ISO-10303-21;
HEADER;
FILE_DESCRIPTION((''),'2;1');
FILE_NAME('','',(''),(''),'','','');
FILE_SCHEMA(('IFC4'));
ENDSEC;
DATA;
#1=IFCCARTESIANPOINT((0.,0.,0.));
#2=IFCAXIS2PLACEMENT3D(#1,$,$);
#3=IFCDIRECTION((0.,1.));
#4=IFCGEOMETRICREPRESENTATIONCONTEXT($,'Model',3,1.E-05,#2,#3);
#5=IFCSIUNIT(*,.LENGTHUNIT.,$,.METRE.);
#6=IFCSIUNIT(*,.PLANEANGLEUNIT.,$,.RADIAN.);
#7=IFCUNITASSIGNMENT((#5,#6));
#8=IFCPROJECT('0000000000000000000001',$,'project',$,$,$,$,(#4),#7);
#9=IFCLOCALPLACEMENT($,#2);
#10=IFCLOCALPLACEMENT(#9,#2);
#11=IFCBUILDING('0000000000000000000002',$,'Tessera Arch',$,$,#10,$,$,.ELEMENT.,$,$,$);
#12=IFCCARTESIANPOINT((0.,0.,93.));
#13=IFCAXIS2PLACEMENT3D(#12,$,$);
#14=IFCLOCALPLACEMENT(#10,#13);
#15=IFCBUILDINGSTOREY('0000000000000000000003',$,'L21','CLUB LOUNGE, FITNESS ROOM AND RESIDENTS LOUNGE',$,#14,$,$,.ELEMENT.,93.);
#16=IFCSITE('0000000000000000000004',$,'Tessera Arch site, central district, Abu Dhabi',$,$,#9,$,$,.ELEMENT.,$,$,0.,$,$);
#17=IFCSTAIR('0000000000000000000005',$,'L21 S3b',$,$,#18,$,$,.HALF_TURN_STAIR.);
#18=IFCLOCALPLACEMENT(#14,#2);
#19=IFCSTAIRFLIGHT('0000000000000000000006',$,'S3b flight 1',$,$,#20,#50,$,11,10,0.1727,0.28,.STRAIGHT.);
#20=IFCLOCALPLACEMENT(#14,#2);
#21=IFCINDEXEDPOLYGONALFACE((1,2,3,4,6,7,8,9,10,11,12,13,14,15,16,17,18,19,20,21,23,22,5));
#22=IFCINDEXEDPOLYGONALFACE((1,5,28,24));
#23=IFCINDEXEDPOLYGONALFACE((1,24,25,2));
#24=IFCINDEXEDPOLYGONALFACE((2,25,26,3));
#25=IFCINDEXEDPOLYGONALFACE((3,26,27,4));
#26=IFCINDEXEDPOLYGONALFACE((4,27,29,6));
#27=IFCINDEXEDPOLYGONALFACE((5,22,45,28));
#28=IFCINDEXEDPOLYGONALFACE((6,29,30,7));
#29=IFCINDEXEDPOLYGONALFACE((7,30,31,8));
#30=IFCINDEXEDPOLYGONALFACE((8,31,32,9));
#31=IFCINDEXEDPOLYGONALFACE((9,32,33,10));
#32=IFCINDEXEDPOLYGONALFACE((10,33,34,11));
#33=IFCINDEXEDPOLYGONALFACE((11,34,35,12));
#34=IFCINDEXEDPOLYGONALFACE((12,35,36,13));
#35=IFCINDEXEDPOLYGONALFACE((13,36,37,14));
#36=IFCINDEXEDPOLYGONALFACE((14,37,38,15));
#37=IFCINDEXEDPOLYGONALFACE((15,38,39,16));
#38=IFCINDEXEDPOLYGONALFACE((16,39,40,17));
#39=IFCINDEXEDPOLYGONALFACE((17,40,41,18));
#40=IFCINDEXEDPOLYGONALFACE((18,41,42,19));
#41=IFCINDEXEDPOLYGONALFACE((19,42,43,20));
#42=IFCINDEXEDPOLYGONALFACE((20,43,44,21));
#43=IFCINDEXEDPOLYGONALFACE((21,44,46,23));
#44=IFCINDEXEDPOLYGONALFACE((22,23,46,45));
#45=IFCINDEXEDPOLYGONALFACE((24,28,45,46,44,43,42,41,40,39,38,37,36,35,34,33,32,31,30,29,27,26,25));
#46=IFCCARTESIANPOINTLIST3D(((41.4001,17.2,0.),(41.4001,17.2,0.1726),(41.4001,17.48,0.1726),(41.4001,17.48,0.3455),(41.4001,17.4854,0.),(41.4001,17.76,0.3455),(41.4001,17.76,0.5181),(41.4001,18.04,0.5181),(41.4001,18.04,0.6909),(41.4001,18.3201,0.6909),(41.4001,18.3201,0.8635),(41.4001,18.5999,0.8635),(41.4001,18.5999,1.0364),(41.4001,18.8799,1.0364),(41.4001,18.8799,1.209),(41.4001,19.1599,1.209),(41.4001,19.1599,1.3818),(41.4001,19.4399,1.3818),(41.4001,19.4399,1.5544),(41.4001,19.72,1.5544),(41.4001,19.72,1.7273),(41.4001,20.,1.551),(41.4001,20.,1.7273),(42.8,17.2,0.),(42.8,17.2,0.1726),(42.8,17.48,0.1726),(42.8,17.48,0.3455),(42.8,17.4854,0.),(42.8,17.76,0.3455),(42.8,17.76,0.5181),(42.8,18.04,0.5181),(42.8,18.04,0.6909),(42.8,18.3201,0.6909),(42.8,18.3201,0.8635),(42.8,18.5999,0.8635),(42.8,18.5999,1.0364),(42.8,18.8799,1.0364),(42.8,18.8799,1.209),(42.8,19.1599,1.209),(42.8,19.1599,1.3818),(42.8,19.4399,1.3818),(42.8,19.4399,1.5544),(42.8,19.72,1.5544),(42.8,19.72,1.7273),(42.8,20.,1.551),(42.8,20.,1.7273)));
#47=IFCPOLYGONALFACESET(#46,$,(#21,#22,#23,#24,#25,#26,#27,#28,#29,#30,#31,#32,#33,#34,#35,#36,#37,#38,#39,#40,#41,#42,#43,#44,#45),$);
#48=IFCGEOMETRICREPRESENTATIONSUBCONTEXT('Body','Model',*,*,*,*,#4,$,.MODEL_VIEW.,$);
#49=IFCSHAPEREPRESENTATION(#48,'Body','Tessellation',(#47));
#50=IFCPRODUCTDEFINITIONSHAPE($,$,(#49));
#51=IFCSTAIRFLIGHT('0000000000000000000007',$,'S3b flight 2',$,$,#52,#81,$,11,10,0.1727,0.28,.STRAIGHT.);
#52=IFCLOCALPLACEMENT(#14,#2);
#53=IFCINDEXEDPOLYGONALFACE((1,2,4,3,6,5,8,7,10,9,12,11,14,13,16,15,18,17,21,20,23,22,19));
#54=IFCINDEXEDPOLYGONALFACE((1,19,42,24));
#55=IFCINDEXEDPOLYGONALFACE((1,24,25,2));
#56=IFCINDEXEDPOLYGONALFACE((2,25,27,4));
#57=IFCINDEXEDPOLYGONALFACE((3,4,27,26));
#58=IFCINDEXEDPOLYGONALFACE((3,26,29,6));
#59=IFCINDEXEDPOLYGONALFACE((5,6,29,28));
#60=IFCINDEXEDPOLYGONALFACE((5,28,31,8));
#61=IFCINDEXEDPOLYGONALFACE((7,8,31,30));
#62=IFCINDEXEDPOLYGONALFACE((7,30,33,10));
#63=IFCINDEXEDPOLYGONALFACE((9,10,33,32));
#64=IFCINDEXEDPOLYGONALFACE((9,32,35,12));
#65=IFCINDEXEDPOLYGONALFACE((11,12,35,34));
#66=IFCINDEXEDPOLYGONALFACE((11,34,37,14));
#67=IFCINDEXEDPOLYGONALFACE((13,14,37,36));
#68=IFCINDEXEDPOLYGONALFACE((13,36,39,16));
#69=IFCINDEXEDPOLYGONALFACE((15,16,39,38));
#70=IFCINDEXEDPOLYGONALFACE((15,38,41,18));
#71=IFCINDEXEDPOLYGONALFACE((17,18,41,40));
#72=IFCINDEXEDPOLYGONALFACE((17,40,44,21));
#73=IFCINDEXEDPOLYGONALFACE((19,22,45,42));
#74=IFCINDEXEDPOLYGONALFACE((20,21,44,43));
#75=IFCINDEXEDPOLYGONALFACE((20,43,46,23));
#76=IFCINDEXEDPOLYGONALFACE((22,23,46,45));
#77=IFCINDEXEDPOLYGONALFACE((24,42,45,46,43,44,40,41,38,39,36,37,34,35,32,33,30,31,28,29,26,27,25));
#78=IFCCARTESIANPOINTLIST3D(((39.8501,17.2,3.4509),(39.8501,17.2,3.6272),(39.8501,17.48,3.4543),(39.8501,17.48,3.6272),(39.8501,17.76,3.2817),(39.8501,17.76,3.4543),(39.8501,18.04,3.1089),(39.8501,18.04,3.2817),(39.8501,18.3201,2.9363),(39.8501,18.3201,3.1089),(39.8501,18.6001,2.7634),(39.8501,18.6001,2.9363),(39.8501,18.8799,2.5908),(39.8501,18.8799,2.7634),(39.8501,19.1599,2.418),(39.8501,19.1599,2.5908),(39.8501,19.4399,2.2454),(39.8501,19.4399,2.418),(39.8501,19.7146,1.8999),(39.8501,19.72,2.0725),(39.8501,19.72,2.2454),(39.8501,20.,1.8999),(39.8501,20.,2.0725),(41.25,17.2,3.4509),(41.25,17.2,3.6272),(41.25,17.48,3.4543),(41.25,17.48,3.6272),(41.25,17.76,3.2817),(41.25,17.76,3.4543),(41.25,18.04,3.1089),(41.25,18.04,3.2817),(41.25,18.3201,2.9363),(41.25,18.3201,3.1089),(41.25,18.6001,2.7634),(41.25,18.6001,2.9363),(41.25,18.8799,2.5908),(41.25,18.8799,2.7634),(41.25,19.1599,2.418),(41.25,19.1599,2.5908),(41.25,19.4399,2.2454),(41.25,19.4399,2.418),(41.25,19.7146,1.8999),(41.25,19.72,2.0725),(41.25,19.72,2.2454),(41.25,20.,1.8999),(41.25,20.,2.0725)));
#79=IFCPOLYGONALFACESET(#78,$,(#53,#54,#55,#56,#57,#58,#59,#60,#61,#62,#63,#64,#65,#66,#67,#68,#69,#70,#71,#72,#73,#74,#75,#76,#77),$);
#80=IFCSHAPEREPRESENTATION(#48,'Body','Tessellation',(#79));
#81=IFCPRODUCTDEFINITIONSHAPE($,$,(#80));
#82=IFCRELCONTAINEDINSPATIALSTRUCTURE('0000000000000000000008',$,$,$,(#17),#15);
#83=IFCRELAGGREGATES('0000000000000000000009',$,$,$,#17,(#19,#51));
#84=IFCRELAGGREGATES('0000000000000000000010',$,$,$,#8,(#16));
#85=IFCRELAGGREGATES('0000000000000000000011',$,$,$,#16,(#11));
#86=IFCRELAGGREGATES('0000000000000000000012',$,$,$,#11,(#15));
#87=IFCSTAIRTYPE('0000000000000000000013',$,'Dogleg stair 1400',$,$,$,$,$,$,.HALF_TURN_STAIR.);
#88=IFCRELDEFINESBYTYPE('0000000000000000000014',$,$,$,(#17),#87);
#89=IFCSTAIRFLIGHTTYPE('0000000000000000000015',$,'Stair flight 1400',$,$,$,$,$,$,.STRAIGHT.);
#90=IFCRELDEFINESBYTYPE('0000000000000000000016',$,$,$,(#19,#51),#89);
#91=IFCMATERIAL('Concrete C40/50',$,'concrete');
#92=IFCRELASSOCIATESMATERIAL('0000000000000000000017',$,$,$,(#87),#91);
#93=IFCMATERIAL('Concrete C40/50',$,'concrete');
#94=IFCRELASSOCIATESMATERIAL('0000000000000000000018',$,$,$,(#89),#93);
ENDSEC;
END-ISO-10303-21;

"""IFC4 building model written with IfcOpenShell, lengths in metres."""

from ifc_helpers import new_model, si_unit, direction, frame, origin, place, context, subcontext, project, spatial, polyline, outline, extrude, material, type_object, element, aggregate, save


model = new_model("IFC4")

# Units and contexts
model_context = context("Model", 3, precision=1e-05, world=origin(), true_north=direction((0.0, 1.0)))
body_context = subcontext(model_context, "Body", "Model", "MODEL_VIEW")
ifc_project = project(units=[si_unit("LENGTHUNIT", "METRE"), si_unit("PLANEANGLEUNIT", "RADIAN")], contexts=[model_context])

# Site, building, storey
site_placement = place(None, origin())
site = spatial("IfcSite", under=ifc_project, at=site_placement, Name="Tessera Arch site, central district, Abu Dhabi", CompositionType="ELEMENT", RefElevation=0.0)
building_placement = place(site_placement, origin())
building = spatial("IfcBuilding", under=site, at=building_placement, Name="Tessera Arch", CompositionType="ELEMENT")
storey_placement = place(building_placement, frame((0.0, 0.0, 93.0)))
storey = spatial("IfcBuildingStorey", under=building, at=storey_placement, Name="L21", Description="CLUB LOUNGE, FITNESS ROOM AND RESIDENTS LOUNGE", CompositionType="ELEMENT", Elevation=93.0)

# Shared definitions
ifc_material_1 = material(Name="Concrete C40/50", Category="concrete")
stair_type = type_object("IfcStairType", Name="Dogleg stair 1400", PredefinedType="HALF_TURN_STAIR", material=ifc_material_1)
ifc_material_2 = material(Name="Concrete C40/50", Category="concrete")
stair_flight_type = type_object("IfcStairFlightType", Name="Stair flight 1400", PredefinedType="STRAIGHT", material=ifc_material_2)

# Stair, stair flights
stair_1_placement = place(storey_placement, origin())
stair_1 = element("IfcStair", 1, at=stair_1_placement, inside=storey, type_object=stair_type, Name="L21 S3b", PredefinedType="HALF_TURN_STAIR")
stair_flight_1_placement = place(storey_placement, frame((42.1001, 17.2, 0.0), z_axis=(0.0, 0.0, 1.0), x_axis=(0.0, 1.0, 0.0)))
stair_flight_1 = element("IfcStairFlight", 2, at=stair_flight_1_placement, type_object=stair_flight_type, Name="S3b flight 1", NumberOfRisers=11, NumberOfTreads=10, PredefinedType="STRAIGHT", RiserHeight=0.1727, TreadLength=0.28, context=body_context, shape_type="SweptSolid", body=[
    extrude(outline(polyline([(0.0, 0.0), (0.0, 0.1726), (0.28, 0.1726), (0.28, 0.3455), (0.5601, 0.3455), (0.5601, 0.5181), (0.8401, 0.5181), (0.8401, 0.6909), (1.1201, 0.6909), (1.1201, 0.8635), (1.3999, 0.8635), (1.3999, 1.0364), (1.6799, 1.0364), (1.6799, 1.209), (1.96, 1.209), (1.96, 1.3818), (2.24, 1.3818), (2.24, 1.5544), (2.52, 1.5544), (2.52, 1.7273), (2.8, 1.7273), (2.8, 1.8999), (2.8, 1.551), (0.2854, 0.0), (0.0, 0.0)])), frame((0.0, 0.7, 0.0), z_axis=(0.0, -1.0, 0.0), x_axis=(1.0, 0.0, 0.0)), (0.0, 0.0, 1.0), 1.3999),
])
stair_flight_2_placement = place(storey_placement, frame((40.55, 20.0, 1.8999), z_axis=(0.0, 0.0, 1.0), x_axis=(0.0, -1.0, 0.0)))
stair_flight_2 = element("IfcStairFlight", 3, at=stair_flight_2_placement, type_object=stair_flight_type, Name="S3b flight 2", NumberOfRisers=11, NumberOfTreads=10, PredefinedType="STRAIGHT", RiserHeight=0.1727, TreadLength=0.28, context=body_context, shape_type="SweptSolid", body=[
    extrude(outline(polyline([(0.0, 0.0), (0.0, 0.1726), (0.28, 0.1726), (0.28, 0.3455), (0.5601, 0.3455), (0.5601, 0.5181), (0.8401, 0.5181), (0.8401, 0.6909), (1.1201, 0.6909), (1.1201, 0.8635), (1.3999, 0.8635), (1.3999, 1.0364), (1.6799, 1.0364), (1.6799, 1.209), (1.96, 1.209), (1.96, 1.3818), (2.24, 1.3818), (2.24, 1.5544), (2.52, 1.5544), (2.52, 1.7273), (2.8, 1.7273), (2.8, 1.8999), (2.8, 1.551), (0.2854, 0.0), (0.0, 0.0)])), frame((0.0, 0.7, 0.0), z_axis=(0.0, -1.0, 0.0), x_axis=(1.0, 0.0, 0.0)), (0.0, 0.0, 1.0), 1.3999),
])
aggregate(stair_1, [stair_flight_1, stair_flight_2])

save(model, "model.ifc")
